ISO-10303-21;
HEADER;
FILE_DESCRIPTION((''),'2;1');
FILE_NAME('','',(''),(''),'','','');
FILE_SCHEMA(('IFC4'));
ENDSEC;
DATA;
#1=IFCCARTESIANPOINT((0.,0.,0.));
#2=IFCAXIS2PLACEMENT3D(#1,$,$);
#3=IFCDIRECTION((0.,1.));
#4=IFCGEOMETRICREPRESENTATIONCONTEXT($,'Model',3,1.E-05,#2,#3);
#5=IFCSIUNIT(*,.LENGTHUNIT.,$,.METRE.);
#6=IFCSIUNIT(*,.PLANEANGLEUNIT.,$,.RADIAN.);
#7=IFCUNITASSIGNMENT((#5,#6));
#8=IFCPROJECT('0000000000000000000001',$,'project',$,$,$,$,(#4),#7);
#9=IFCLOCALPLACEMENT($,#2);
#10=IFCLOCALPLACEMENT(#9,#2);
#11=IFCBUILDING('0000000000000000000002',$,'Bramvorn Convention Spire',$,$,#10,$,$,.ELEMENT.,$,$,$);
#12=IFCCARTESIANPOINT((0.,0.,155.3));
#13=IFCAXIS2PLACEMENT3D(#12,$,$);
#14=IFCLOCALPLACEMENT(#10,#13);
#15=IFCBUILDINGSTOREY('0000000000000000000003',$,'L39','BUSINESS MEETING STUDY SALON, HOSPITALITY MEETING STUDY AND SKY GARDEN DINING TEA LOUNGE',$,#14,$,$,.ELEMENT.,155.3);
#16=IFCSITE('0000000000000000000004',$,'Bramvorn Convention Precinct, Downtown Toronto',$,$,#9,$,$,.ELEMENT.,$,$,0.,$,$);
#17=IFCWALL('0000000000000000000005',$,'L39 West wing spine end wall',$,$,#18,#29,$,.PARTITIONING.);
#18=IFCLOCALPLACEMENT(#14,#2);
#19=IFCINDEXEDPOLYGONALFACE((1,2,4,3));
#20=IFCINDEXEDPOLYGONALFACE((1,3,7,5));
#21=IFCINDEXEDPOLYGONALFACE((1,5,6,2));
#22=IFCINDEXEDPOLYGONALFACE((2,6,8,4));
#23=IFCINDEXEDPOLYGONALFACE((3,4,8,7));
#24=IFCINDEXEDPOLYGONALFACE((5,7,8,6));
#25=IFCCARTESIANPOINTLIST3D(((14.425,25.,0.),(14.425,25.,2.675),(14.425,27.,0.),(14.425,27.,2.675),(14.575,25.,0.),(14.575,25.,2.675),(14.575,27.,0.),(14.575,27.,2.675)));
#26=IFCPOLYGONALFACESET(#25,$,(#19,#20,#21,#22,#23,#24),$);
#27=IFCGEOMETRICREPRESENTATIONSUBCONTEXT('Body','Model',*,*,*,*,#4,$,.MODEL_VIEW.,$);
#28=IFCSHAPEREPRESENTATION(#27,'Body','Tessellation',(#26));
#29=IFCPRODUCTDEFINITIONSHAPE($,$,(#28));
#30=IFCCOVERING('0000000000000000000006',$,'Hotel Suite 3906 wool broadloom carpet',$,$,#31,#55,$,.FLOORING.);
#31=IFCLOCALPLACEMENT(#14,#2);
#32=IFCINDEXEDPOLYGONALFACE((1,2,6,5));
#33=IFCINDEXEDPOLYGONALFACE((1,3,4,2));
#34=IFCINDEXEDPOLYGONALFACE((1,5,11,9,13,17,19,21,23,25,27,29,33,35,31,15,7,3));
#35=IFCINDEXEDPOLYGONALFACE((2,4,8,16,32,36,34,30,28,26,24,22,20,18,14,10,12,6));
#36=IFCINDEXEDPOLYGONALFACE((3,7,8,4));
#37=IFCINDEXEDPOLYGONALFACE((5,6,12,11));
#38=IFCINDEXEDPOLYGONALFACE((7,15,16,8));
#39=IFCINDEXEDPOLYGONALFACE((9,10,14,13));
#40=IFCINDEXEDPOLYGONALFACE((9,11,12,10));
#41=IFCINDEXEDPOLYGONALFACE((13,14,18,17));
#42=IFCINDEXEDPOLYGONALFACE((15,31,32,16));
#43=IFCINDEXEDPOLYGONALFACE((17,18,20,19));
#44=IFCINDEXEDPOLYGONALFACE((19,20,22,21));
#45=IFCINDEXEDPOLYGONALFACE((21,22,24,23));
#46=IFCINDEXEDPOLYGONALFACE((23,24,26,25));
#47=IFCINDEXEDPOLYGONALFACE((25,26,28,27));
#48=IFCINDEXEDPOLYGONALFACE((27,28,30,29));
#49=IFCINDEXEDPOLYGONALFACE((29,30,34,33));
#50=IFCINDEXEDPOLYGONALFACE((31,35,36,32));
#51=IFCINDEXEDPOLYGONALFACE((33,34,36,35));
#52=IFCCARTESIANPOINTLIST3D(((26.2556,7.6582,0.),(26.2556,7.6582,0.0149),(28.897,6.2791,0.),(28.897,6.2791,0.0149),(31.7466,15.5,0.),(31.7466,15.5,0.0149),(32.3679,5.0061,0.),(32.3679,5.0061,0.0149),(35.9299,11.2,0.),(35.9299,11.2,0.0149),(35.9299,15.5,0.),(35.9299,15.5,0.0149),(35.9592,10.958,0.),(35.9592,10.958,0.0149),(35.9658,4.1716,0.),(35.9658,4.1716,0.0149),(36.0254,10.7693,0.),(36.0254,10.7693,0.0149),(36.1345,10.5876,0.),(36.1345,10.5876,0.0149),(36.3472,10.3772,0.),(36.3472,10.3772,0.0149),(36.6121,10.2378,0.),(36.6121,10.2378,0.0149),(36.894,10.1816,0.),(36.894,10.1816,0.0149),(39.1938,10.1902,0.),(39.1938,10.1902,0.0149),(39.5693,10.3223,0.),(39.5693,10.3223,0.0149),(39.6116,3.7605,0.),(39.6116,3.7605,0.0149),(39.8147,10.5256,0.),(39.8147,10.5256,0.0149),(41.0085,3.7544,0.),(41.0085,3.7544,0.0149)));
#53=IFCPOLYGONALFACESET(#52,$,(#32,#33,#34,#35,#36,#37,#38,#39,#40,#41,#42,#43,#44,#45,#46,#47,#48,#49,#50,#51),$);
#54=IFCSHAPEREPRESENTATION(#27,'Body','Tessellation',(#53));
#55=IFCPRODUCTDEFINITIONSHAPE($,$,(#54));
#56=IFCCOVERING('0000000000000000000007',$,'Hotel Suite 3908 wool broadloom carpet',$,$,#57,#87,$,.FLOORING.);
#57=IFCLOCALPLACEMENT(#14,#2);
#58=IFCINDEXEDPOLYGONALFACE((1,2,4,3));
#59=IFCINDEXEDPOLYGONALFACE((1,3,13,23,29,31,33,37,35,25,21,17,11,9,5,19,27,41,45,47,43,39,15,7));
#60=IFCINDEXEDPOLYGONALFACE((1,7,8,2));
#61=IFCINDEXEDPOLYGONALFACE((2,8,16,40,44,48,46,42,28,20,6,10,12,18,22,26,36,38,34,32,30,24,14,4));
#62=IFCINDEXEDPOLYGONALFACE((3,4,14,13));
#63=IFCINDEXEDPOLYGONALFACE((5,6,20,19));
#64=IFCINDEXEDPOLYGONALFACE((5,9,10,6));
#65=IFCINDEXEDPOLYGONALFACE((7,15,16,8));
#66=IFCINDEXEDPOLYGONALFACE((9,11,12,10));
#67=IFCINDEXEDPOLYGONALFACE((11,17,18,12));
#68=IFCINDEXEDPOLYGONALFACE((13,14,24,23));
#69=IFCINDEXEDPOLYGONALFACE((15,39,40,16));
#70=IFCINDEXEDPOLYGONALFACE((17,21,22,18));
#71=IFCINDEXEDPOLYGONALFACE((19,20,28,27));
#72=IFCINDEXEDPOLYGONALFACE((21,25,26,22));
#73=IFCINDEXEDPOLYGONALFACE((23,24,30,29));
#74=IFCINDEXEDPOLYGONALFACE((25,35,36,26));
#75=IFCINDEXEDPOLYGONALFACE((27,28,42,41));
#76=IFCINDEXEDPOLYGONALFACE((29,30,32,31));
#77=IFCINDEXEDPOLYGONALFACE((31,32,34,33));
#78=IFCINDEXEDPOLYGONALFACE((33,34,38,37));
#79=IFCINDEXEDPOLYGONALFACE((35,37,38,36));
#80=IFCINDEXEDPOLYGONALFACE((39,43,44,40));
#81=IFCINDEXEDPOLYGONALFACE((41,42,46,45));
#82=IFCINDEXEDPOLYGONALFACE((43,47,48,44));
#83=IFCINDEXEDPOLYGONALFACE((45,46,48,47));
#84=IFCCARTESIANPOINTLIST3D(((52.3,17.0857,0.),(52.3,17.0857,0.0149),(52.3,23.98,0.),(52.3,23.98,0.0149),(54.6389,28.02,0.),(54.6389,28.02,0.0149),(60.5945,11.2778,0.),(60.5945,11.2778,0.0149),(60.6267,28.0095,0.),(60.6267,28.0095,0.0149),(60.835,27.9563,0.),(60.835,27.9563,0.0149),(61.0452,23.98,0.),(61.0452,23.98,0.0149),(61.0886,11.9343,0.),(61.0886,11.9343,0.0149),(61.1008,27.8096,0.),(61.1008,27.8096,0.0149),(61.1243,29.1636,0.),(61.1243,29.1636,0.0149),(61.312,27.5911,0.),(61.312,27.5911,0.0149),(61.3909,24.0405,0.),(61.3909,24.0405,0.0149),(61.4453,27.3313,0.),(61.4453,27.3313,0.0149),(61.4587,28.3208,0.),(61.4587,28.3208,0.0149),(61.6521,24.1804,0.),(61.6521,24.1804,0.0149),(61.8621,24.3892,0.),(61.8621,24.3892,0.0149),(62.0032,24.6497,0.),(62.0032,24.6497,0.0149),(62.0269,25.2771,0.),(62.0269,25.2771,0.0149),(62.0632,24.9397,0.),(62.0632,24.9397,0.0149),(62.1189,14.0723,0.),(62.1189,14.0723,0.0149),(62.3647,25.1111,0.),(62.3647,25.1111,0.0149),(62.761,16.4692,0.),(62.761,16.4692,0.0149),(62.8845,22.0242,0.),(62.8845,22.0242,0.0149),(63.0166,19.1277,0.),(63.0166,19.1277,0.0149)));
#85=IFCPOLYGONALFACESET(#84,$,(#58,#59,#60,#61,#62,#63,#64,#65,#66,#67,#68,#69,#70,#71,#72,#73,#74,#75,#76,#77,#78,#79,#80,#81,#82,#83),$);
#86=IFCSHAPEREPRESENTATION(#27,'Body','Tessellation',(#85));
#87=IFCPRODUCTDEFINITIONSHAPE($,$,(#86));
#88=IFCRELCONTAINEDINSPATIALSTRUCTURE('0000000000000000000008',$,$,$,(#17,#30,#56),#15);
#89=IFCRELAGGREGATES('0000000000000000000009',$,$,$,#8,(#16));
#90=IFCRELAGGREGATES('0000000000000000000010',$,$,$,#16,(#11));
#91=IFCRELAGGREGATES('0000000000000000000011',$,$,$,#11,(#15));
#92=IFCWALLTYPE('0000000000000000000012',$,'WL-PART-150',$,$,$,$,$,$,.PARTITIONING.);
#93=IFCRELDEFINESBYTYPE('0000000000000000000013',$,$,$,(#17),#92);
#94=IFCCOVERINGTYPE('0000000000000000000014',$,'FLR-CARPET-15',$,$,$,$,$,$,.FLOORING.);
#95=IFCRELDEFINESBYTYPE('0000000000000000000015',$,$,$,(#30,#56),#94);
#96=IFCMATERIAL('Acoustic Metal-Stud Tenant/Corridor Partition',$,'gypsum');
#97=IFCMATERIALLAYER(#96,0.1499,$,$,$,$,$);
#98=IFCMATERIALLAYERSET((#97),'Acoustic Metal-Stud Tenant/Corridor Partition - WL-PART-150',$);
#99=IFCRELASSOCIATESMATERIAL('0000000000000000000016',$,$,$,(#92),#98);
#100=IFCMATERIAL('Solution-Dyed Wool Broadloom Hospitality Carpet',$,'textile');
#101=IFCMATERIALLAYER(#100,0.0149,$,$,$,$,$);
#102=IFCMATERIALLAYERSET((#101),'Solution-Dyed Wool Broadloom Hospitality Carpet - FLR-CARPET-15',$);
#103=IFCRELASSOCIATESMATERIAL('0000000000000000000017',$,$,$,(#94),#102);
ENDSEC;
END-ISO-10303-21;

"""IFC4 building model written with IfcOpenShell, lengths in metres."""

from ifc_helpers import new_model, si_unit, direction, frame, frame_2d, origin, place, context, subcontext, project, spatial, polyline, rectangle, outline, extrude, material, layer, layer_set, type_object, element, save


model = new_model("IFC4")

# Units and contexts
model_context = context("Model", 3, precision=1e-05, world=origin(), true_north=direction((0.0, 1.0)))
body_context = subcontext(model_context, "Body", "Model", "MODEL_VIEW")
ifc_project = project(units=[si_unit("LENGTHUNIT", "METRE"), si_unit("PLANEANGLEUNIT", "RADIAN")], contexts=[model_context])

# Site, building, storey
site_placement = place(None, origin())
site = spatial("IfcSite", under=ifc_project, at=site_placement, Name="Bramvorn Convention Precinct, Downtown Toronto", CompositionType="ELEMENT", RefElevation=0.0)
building_placement = place(site_placement, origin())
building = spatial("IfcBuilding", under=site, at=building_placement, Name="Bramvorn Convention Spire", CompositionType="ELEMENT")
storey_placement = place(building_placement, frame((0.0, 0.0, 155.3)))
storey = spatial("IfcBuildingStorey", under=building, at=storey_placement, Name="L39", Description="BUSINESS MEETING STUDY SALON, HOSPITALITY MEETING STUDY AND SKY GARDEN DINING TEA LOUNGE", CompositionType="ELEMENT", Elevation=155.3)

# Wall
ifc_material_1 = material(Name="Acoustic Metal-Stud Tenant/Corridor Partition", Category="gypsum")
ifc_layer_1 = layer(ifc_material_1, 0.1499)
ifc_layer_set_1 = layer_set([ifc_layer_1], Name="Acoustic Metal-Stud Tenant/Corridor Partition - WL-PART-150")
wall_type = type_object("IfcWallType", Name="WL-PART-150", PredefinedType="PARTITIONING", material=ifc_layer_set_1)
wall_1_placement = place(storey_placement, frame((14.5, 25.0, 0.0), z_axis=(0.0, 0.0, 1.0), x_axis=(0.0, 1.0, 0.0)))
element("IfcWall", 1, at=wall_1_placement, inside=storey, type_object=wall_type, Name="L39 West wing spine end wall", PredefinedType="PARTITIONING", context=body_context, shape_type="SweptSolid", body=[
    extrude(rectangle(XDim=2.0, YDim=0.1499, at=frame_2d((1.0, 0.0))), origin(), (0.0, 0.0, 1.0), 2.675),
])

# Coverings
ifc_material_2 = material(Name="Solution-Dyed Wool Broadloom Hospitality Carpet", Category="textile")
ifc_layer_2 = layer(ifc_material_2, 0.0149)
ifc_layer_set_2 = layer_set([ifc_layer_2], Name="Solution-Dyed Wool Broadloom Hospitality Carpet - FLR-CARPET-15")
covering_type = type_object("IfcCoveringType", Name="FLR-CARPET-15", PredefinedType="FLOORING", material=ifc_layer_set_2)
covering_1_placement = place(storey_placement, origin())
element("IfcCovering", 2, at=covering_1_placement, inside=storey, type_object=covering_type, Name="Hotel Suite 3906 wool broadloom carpet", PredefinedType="FLOORING", context=body_context, shape_type="SweptSolid", body=[
    extrude(outline(polyline([(28.897, 6.2791), (32.3679, 5.0061), (35.9658, 4.1716), (39.6116, 3.7605), (41.0085, 3.7544), (39.8147, 10.5256), (39.5693, 10.3223), (39.1938, 10.1902), (36.894, 10.1816), (36.6121, 10.2378), (36.3472, 10.3772), (36.1345, 10.5876), (36.0254, 10.7693), (35.9592, 10.958), (35.9299, 11.2), (35.9299, 15.5), (31.7466, 15.5), (26.2556, 7.6582), (28.897, 6.2791)])), origin(), (0.0, 0.0, 1.0), 0.0149),
])
covering_2_placement = place(storey_placement, origin())
element("IfcCovering", 3, at=covering_2_placement, inside=storey, type_object=covering_type, Name="Hotel Suite 3908 wool broadloom carpet", PredefinedType="FLOORING", context=body_context, shape_type="SweptSolid", body=[
    extrude(outline(polyline([(60.6267, 28.0095), (60.835, 27.9563), (61.1008, 27.8096), (61.312, 27.5911), (61.4453, 27.3313), (62.0269, 25.2771), (62.0632, 24.9397), (62.0032, 24.6497), (61.8621, 24.3892), (61.6521, 24.1804), (61.3909, 24.0405), (61.0452, 23.98), (52.3, 23.98), (52.3, 17.0857), (60.5945, 11.2778), (61.0886, 11.9343), (62.1189, 14.0723), (62.761, 16.4692), (63.0166, 19.1277), (62.8845, 22.0242), (62.3647, 25.1111), (61.4587, 28.3208), (61.1243, 29.1636), (54.6389, 28.02), (60.6267, 28.0095)])), origin(), (0.0, 0.0, 1.0), 0.0149),
])

save(model, "model.ifc")
